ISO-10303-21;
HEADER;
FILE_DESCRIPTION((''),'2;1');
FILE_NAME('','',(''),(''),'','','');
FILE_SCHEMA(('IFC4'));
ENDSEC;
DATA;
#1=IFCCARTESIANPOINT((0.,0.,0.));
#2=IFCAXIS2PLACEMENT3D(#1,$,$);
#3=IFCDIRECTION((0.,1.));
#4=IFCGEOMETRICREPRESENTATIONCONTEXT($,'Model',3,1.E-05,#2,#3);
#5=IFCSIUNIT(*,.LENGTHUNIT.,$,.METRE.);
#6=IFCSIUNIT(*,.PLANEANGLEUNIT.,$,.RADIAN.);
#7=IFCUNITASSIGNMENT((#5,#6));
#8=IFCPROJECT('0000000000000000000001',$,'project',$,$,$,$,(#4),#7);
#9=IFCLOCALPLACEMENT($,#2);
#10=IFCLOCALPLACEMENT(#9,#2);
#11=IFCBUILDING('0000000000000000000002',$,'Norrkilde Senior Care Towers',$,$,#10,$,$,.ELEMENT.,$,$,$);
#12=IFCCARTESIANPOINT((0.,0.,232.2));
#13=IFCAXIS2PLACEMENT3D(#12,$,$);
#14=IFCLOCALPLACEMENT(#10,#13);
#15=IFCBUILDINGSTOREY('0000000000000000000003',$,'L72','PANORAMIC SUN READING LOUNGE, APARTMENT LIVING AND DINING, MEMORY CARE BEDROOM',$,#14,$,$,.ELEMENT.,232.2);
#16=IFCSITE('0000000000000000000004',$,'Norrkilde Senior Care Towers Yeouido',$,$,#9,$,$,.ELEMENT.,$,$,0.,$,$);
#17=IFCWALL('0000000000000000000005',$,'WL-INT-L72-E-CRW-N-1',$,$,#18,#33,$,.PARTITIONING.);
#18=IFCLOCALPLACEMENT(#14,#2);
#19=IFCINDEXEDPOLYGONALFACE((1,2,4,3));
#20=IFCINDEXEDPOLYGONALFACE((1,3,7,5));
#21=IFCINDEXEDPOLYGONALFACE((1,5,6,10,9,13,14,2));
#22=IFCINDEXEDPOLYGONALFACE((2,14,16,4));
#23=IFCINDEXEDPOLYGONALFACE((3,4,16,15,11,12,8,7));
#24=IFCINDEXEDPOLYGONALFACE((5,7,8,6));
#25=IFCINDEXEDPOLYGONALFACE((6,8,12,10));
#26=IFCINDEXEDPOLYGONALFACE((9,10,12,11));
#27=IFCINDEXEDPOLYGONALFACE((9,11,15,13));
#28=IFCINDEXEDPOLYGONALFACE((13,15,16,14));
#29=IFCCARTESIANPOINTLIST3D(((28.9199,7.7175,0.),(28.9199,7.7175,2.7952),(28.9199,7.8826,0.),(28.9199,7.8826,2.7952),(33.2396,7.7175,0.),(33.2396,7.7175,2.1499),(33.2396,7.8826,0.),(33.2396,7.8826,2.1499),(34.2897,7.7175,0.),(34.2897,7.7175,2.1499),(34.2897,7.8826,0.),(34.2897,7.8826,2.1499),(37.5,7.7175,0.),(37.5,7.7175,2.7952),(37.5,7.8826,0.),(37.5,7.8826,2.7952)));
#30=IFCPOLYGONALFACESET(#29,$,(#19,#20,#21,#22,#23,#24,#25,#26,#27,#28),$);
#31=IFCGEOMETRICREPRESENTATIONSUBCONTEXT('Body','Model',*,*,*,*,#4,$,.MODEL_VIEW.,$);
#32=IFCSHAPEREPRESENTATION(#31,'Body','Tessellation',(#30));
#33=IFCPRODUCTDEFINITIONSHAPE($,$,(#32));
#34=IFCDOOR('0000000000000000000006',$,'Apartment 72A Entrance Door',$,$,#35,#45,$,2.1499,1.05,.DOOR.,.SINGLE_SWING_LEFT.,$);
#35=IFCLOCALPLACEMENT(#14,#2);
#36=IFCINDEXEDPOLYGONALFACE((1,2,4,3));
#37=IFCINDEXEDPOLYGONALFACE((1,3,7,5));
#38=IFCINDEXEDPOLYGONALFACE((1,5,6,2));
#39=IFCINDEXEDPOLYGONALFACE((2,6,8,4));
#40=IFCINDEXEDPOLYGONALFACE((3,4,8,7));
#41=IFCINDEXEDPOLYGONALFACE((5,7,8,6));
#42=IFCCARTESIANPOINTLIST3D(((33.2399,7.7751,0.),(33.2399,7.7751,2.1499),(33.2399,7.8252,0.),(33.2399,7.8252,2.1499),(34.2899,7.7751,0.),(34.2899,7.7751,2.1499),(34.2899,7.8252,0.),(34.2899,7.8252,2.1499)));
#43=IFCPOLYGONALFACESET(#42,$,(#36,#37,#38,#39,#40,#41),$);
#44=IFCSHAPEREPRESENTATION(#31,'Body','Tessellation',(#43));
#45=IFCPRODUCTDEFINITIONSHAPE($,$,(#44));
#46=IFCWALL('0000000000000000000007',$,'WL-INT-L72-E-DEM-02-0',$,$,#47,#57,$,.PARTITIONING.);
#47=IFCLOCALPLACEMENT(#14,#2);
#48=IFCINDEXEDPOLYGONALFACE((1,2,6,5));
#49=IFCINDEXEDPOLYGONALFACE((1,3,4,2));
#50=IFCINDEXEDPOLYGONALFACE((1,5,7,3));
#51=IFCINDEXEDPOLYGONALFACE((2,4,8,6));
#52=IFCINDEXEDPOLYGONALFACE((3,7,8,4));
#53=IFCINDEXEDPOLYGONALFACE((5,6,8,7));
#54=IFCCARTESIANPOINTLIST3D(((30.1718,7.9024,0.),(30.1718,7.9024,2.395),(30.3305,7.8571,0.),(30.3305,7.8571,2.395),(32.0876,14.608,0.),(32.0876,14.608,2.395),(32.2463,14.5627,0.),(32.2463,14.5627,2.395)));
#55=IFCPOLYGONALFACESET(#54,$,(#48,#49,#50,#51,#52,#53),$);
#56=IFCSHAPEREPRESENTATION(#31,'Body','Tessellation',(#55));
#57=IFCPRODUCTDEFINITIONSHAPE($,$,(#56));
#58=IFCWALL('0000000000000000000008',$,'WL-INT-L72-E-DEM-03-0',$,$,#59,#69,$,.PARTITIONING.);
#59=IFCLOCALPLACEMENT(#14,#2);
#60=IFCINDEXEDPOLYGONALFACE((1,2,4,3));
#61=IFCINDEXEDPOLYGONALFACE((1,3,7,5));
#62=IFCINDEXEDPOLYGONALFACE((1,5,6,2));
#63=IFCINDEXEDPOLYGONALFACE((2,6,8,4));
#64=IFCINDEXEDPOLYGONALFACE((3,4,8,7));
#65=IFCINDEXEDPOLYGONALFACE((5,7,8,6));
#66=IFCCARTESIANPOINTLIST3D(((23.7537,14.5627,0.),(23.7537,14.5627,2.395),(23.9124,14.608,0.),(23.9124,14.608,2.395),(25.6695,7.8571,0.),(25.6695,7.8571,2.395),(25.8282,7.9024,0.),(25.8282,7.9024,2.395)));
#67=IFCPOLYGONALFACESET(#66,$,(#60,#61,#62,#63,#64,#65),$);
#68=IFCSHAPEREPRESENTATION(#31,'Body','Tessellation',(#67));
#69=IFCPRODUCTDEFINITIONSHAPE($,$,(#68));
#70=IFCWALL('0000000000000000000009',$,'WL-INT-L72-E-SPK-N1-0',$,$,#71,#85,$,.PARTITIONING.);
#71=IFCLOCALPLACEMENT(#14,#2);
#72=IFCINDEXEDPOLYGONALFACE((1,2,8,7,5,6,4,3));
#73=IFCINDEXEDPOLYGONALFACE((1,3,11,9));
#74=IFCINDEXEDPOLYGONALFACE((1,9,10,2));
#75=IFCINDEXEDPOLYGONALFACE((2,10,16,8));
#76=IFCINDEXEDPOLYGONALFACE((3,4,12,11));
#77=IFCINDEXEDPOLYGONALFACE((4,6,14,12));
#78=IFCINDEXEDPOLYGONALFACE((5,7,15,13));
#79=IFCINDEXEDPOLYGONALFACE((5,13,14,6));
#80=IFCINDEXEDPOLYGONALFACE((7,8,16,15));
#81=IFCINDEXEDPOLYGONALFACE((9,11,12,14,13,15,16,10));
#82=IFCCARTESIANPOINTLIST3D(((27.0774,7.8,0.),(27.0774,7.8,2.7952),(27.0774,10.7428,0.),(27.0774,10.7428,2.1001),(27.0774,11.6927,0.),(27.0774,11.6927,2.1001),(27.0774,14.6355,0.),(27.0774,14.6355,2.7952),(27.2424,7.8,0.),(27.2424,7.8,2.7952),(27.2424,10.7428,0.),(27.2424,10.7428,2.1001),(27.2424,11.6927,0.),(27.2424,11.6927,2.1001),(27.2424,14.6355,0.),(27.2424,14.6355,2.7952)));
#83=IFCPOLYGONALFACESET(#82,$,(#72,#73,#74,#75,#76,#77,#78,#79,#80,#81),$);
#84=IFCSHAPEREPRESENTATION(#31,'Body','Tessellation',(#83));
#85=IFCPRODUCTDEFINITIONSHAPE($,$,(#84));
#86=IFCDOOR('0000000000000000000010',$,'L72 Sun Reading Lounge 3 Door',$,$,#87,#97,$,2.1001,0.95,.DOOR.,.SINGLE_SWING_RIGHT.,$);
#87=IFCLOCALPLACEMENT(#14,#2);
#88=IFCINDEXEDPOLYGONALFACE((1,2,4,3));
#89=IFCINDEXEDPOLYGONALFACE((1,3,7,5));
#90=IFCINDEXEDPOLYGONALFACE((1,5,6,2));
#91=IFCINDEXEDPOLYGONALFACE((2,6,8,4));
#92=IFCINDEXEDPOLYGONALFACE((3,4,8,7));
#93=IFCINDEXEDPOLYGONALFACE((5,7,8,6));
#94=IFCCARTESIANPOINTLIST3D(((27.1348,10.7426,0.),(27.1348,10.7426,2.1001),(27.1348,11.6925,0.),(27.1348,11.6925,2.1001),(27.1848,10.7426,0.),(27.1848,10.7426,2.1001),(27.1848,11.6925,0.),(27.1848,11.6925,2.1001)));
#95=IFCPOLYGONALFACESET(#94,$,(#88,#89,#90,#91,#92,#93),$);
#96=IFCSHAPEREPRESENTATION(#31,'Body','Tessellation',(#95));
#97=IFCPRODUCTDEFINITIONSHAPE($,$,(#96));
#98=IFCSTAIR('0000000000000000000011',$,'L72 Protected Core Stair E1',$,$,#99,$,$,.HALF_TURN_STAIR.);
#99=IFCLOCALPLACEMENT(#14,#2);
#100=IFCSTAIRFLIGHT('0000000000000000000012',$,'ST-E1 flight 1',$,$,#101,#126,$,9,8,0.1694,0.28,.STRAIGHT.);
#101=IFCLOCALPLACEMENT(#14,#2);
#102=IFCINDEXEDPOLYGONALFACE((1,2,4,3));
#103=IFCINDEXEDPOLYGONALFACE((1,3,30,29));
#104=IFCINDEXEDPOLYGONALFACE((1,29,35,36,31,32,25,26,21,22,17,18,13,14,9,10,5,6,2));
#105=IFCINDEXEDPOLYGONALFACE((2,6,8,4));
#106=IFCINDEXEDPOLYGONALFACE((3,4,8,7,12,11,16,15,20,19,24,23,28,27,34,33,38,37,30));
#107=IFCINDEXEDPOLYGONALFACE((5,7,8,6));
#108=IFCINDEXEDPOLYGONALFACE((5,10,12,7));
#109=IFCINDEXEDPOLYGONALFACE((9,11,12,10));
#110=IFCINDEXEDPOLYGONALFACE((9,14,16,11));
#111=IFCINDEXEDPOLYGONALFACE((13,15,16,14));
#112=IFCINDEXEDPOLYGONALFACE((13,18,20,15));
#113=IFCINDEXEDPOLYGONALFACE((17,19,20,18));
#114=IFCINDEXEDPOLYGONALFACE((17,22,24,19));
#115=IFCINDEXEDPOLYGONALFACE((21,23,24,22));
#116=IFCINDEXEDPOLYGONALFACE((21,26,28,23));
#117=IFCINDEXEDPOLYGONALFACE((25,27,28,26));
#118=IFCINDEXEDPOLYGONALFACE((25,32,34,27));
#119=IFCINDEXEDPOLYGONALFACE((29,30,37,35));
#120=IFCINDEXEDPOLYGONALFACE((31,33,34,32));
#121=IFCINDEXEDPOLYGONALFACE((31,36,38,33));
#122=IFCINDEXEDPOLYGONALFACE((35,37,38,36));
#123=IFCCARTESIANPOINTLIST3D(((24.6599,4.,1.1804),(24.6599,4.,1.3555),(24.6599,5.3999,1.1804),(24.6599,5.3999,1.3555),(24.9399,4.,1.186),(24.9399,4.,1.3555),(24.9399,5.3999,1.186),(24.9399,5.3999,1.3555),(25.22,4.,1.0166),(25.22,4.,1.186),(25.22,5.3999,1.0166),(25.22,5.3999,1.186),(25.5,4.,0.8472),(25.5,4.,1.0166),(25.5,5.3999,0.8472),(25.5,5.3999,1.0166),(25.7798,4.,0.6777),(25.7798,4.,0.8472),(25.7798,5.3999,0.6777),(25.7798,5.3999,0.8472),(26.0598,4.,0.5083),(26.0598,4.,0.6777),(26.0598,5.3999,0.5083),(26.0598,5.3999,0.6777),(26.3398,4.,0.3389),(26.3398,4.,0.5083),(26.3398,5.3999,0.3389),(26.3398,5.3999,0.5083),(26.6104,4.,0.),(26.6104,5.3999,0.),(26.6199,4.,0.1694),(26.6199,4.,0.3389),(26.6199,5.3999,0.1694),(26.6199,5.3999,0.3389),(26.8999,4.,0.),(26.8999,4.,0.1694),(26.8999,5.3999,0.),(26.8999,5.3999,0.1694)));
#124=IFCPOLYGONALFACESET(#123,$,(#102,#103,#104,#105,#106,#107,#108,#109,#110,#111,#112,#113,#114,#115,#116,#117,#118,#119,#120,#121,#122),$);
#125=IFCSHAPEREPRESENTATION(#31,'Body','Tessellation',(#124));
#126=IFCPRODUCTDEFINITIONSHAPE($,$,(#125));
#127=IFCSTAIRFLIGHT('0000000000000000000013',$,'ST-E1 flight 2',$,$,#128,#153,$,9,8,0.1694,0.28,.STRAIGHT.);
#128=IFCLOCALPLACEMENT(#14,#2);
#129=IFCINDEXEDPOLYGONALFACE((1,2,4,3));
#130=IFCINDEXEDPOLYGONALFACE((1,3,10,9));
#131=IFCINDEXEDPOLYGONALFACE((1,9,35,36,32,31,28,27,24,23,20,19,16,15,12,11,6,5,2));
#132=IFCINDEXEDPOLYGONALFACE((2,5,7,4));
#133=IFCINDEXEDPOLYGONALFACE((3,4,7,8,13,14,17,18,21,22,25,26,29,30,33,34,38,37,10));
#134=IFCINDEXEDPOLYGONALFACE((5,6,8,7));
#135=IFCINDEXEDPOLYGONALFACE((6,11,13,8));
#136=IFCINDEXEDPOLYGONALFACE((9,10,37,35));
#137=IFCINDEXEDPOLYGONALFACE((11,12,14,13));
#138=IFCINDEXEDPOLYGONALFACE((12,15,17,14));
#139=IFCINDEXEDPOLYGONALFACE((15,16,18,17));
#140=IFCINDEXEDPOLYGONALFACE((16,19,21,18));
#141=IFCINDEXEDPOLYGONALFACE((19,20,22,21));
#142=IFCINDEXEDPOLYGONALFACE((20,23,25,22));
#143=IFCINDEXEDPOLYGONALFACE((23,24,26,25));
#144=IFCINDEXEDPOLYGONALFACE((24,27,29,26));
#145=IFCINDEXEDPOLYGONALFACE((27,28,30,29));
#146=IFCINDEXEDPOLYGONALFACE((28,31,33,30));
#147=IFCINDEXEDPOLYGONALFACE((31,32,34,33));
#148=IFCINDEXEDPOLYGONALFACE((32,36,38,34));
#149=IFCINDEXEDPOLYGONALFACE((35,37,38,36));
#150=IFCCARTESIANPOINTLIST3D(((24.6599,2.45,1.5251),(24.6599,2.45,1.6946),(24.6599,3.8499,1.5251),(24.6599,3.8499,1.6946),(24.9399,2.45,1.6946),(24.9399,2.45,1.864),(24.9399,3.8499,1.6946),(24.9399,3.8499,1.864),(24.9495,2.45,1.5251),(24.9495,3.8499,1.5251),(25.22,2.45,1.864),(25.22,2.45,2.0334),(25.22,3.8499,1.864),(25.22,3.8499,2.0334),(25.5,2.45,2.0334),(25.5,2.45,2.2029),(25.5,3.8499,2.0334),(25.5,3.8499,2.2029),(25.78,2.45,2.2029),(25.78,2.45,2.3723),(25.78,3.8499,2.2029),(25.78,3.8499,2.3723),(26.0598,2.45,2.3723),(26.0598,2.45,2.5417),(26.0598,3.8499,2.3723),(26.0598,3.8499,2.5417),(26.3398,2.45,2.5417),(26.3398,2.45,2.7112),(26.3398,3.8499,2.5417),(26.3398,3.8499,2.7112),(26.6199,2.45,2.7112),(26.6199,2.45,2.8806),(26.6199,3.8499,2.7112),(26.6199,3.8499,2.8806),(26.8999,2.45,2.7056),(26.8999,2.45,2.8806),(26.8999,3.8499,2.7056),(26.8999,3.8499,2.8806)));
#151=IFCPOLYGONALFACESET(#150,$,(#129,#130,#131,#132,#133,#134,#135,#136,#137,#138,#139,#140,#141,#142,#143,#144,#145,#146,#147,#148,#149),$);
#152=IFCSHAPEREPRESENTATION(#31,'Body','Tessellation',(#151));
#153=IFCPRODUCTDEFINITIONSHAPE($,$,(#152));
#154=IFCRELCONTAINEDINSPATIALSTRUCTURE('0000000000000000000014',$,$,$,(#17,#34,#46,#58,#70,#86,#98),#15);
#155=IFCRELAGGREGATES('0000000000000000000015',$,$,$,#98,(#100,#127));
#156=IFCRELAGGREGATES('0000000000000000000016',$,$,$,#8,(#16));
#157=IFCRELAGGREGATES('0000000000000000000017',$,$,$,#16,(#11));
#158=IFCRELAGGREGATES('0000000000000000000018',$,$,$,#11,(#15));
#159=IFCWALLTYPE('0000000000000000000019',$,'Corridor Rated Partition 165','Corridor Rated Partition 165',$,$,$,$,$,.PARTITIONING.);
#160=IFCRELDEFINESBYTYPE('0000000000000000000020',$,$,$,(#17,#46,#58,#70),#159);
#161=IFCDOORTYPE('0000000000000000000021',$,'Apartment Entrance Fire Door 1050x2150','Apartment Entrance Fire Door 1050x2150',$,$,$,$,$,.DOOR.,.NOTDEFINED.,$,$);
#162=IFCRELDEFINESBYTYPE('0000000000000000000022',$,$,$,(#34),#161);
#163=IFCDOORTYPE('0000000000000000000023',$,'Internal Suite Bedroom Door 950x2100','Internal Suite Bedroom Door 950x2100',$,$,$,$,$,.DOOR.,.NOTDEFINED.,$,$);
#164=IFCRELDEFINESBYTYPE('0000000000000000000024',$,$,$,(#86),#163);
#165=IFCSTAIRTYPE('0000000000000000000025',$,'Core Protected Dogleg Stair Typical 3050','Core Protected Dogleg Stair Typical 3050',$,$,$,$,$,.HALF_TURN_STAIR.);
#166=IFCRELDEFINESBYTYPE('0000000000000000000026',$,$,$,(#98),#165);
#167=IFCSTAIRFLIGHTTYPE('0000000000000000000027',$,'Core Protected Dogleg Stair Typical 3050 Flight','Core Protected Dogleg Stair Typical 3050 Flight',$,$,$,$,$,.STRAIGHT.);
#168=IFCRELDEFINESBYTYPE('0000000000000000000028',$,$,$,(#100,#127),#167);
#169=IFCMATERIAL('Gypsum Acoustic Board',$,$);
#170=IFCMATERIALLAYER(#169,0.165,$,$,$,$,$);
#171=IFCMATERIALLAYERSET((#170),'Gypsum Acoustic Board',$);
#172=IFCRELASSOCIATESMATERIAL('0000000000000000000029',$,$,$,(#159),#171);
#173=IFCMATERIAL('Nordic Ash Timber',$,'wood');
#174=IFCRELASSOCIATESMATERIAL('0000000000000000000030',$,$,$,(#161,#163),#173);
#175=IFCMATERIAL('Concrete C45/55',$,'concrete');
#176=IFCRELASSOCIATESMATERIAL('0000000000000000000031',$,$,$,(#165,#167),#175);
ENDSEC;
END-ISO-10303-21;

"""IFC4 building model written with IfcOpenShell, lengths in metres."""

from ifc_helpers import new_model, si_unit, direction, frame, frame_2d, origin, place, context, subcontext, project, spatial, polyline, rectangle, outline, extrude, source, transform, mapped, material, layer, layer_set, type_object, type_shapes, element, fill, aggregate, save


model = new_model("IFC4")

# Units and contexts
model_context = context("Model", 3, precision=1e-05, world=origin(), true_north=direction((0.0, 1.0)))
body_context = subcontext(model_context, "Body", "Model", "MODEL_VIEW")
ifc_project = project(units=[si_unit("LENGTHUNIT", "METRE"), si_unit("PLANEANGLEUNIT", "RADIAN")], contexts=[model_context])

# Site, building, storey
site_placement = place(None, origin())
site = spatial("IfcSite", under=ifc_project, at=site_placement, Name="Norrkilde Senior Care Towers Yeouido", CompositionType="ELEMENT", RefElevation=0.0)
building_placement = place(site_placement, origin())
building = spatial("IfcBuilding", under=site, at=building_placement, Name="Norrkilde Senior Care Towers", CompositionType="ELEMENT")
storey_placement = place(building_placement, frame((0.0, 0.0, 232.2)))
storey = spatial("IfcBuildingStorey", under=building, at=storey_placement, Name="L72", Description="PANORAMIC SUN READING LOUNGE, APARTMENT LIVING AND DINING, MEMORY CARE BEDROOM", CompositionType="ELEMENT", Elevation=232.2)

# Shared definitions
ifc_material_1 = material(Name="Concrete C45/55", Category="concrete")

# Wall, opening, door
ifc_material_2 = material(Name="Gypsum Acoustic Board")
ifc_layer_1 = layer(ifc_material_2, 0.165)
ifc_layer_set_1 = layer_set([ifc_layer_1], Name="Gypsum Acoustic Board")
wall_type_1 = type_object("IfcWallType", Name="Corridor Rated Partition 165", Description="Corridor Rated Partition 165", PredefinedType="PARTITIONING", material=ifc_layer_set_1)
shared_shape_1 = source(origin(), body_context, "Body", "SweptSolid", [
    extrude(rectangle(XDim=8.5801, YDim=0.165, at=frame_2d((4.29, 0.0))), origin(), (0.0, 0.0, 1.0), 2.7952),
])
wall_1_placement = place(storey_placement, frame((28.9199, 7.8, 0.0), z_axis=(0.0, 0.0, 1.0), x_axis=(1.0, 0.0, 0.0)))
wall_1 = element("IfcWall", 1, at=wall_1_placement, inside=storey, type_object=wall_type_1, Name="WL-INT-L72-E-CRW-N-1", PredefinedType="PARTITIONING", context=body_context, shape_type="MappedRepresentation", body=[
    mapped(shared_shape_1, transform((0.0, 0.0, 0.0), x_axis=(1.0, 0.0, 0.0), y_axis=(0.0, 1.0, 0.0), z_axis=(0.0, 0.0, 1.0), scale=1.0)),
])
opening_1_placement = place(wall_1_placement, frame((4.3198, 0.0, 0.0)))
opening_1 = element("IfcOpeningElement", 2, at=opening_1_placement, cuts=wall_1, PredefinedType="OPENING", context=body_context, shape_type="SweptSolid", body=[
    extrude(rectangle(XDim=1.05, YDim=2.1499, at=frame_2d((0.5249, 1.075))), frame((0.0, 0.0925, 0.0), z_axis=(0.0, -1.0, 0.0), x_axis=(1.0, 0.0, 0.0)), (0.0, 0.0, 1.0), 0.1851),
])
ifc_material_3 = material(Name="Nordic Ash Timber", Category="wood")
door_type_1 = type_object("IfcDoorType", Name="Apartment Entrance Fire Door 1050x2150", Description="Apartment Entrance Fire Door 1050x2150", OperationType="NOTDEFINED", PredefinedType="DOOR", material=ifc_material_3)
shared_shape_2 = source(origin(), body_context, "Body", "SweptSolid", [
    extrude(rectangle(XDim=1.05, YDim=2.1499, at=frame_2d((0.5249, 1.075))), frame((0.0, 0.0249, 0.0), z_axis=(0.0, -1.0, 0.0), x_axis=(1.0, 0.0, 0.0)), (0.0, 0.0, 1.0), 0.05),
])
type_shapes(door_type_1, [shared_shape_2])
door_1_placement = place(opening_1_placement, frame((1.05, 0.0, 0.0), z_axis=(0.0, 0.0, 1.0), x_axis=(-1.0, 0.0, 0.0)))
door_1 = element("IfcDoor", 3, at=door_1_placement, inside=storey, type_object=door_type_1, Name="Apartment 72A Entrance Door", OperationType="SINGLE_SWING_LEFT", OverallHeight=2.1499, OverallWidth=1.05, PredefinedType="DOOR", context=body_context, shape_type="MappedRepresentation", body=[
    mapped(shared_shape_2, transform((0.0, 0.0, 0.0), x_axis=(1.0, 0.0, 0.0), y_axis=(0.0, 1.0, 0.0), z_axis=(0.0, 0.0, 1.0), scale=1.0)),
])
fill(opening_1, door_1)

# Walls
shared_shape_3 = source(origin(), body_context, "Body", "SweptSolid", [
    extrude(rectangle(XDim=6.9739, YDim=0.165, at=frame_2d((3.4868, 0.0))), origin(), (0.0, 0.0, 1.0), 2.395),
])
for number, where, z_axis, x_axis, name in (
    (4, (30.2512, 7.8799, 0.0), (0.0, 0.0, 1.0), (0.274707, 0.961528, 0.0), "WL-INT-L72-E-DEM-02-0"),
    (5, (25.7488, 7.8799, 0.0), (0.0, 0.0, 1.0), (-0.274707, 0.961528, 0.0), "WL-INT-L72-E-DEM-03-0"),
):
    element("IfcWall", number, at=place(storey_placement, frame(where, z_axis=z_axis, x_axis=x_axis)), inside=storey, type_object=wall_type_1, Name=name, PredefinedType="PARTITIONING", context=body_context, shape_type="MappedRepresentation", body=[
        mapped(shared_shape_3, transform((0.0, 0.0, 0.0), x_axis=(1.0, 0.0, 0.0), y_axis=(0.0, 1.0, 0.0), z_axis=(0.0, 0.0, 1.0), scale=1.0)),
    ])

# Wall, opening, door
shared_shape_4 = source(origin(), body_context, "Body", "SweptSolid", [
    extrude(rectangle(XDim=6.8354, YDim=0.165, at=frame_2d((3.4177, 0.0))), origin(), (0.0, 0.0, 1.0), 2.7952),
])
type_shapes(wall_type_1, [shared_shape_1, shared_shape_3, shared_shape_4])
wall_2_placement = place(storey_placement, frame((27.1599, 7.8, 0.0), z_axis=(0.0, 0.0, 1.0), x_axis=(0.0, 1.0, 0.0)))
wall_2 = element("IfcWall", 6, at=wall_2_placement, inside=storey, type_object=wall_type_1, Name="WL-INT-L72-E-SPK-N1-0", PredefinedType="PARTITIONING", context=body_context, shape_type="MappedRepresentation", body=[
    mapped(shared_shape_4, transform((0.0, 0.0, 0.0), x_axis=(1.0, 0.0, 0.0), y_axis=(0.0, 1.0, 0.0), z_axis=(0.0, 0.0, 1.0), scale=1.0)),
])
opening_2_placement = place(wall_2_placement, frame((2.9426, 0.0, 0.0)))
opening_2 = element("IfcOpeningElement", 7, at=opening_2_placement, cuts=wall_2, PredefinedType="OPENING", context=body_context, shape_type="SweptSolid", body=[
    extrude(rectangle(XDim=0.95, YDim=2.1001, at=frame_2d((0.4751, 1.05))), frame((0.0, 0.0925, 0.0), z_axis=(0.0, -1.0, 0.0), x_axis=(1.0, 0.0, 0.0)), (0.0, 0.0, 1.0), 0.1851),
])
door_type_2 = type_object("IfcDoorType", Name="Internal Suite Bedroom Door 950x2100", Description="Internal Suite Bedroom Door 950x2100", OperationType="NOTDEFINED", PredefinedType="DOOR", material=ifc_material_3)
shared_shape_5 = source(origin(), body_context, "Body", "SweptSolid", [
    extrude(rectangle(XDim=0.95, YDim=2.1001, at=frame_2d((0.4751, 1.05))), frame((0.0, 0.0249, 0.0), z_axis=(0.0, -1.0, 0.0), x_axis=(1.0, 0.0, 0.0)), (0.0, 0.0, 1.0), 0.05),
])
type_shapes(door_type_2, [shared_shape_5])
door_2_placement = place(opening_2_placement, frame((0.95, 0.0, 0.0), z_axis=(0.0, 0.0, 1.0), x_axis=(-1.0, 0.0, 0.0)))
door_2 = element("IfcDoor", 8, at=door_2_placement, inside=storey, type_object=door_type_2, Name="L72 Sun Reading Lounge 3 Door", OperationType="SINGLE_SWING_RIGHT", OverallHeight=2.1001, OverallWidth=0.95, PredefinedType="DOOR", context=body_context, shape_type="MappedRepresentation", body=[
    mapped(shared_shape_5, transform((0.0, 0.0, 0.0), x_axis=(1.0, 0.0, 0.0), y_axis=(0.0, 1.0, 0.0), z_axis=(0.0, 0.0, 1.0), scale=1.0)),
])
fill(opening_2, door_2)

# Stair, stair flights
stair_type = type_object("IfcStairType", Name="Core Protected Dogleg Stair Typical 3050", Description="Core Protected Dogleg Stair Typical 3050", PredefinedType="HALF_TURN_STAIR", material=ifc_material_1)
stair_placement = place(storey_placement, origin())
stair = element("IfcStair", 9, at=stair_placement, inside=storey, type_object=stair_type, Name="L72 Protected Core Stair E1", PredefinedType="HALF_TURN_STAIR")
stair_flight_type = type_object("IfcStairFlightType", Name="Core Protected Dogleg Stair Typical 3050 Flight", Description="Core Protected Dogleg Stair Typical 3050 Flight", PredefinedType="STRAIGHT", material=ifc_material_1)
stair_flight_1_placement = place(storey_placement, frame((26.8999, 4.7, 0.0), z_axis=(0.0, 0.0, 1.0), x_axis=(-1.0, 0.0, 0.0)))
stair_flight_1 = element("IfcStairFlight", 10, at=stair_flight_1_placement, type_object=stair_flight_type, Name="ST-E1 flight 1", NumberOfRisers=9, NumberOfTreads=8, PredefinedType="STRAIGHT", RiserHeight=0.1694, TreadLength=0.28, context=body_context, shape_type="SweptSolid", body=[
    extrude(outline(polyline([(0.0, 0.0), (0.0, 0.1694), (0.28, 0.1694), (0.28, 0.3389), (0.5601, 0.3389), (0.5601, 0.5083), (0.8401, 0.5083), (0.8401, 0.6777), (1.1201, 0.6777), (1.1201, 0.8472), (1.3999, 0.8472), (1.3999, 1.0166), (1.6799, 1.0166), (1.6799, 1.186), (1.96, 1.186), (1.96, 1.3555), (2.24, 1.3555), (2.24, 1.5249), (2.24, 1.1804), (0.2896, 0.0), (0.0, 0.0)])), frame((0.0, 0.7, 0.0), z_axis=(0.0, -1.0, 0.0), x_axis=(1.0, 0.0, 0.0)), (0.0, 0.0, 1.0), 1.3999),
])
stair_flight_2_placement = place(storey_placement, frame((24.6599, 3.1499, 1.5251), z_axis=(0.0, 0.0, 1.0), x_axis=(1.0, 0.0, 0.0)))
stair_flight_2 = element("IfcStairFlight", 11, at=stair_flight_2_placement, type_object=stair_flight_type, Name="ST-E1 flight 2", NumberOfRisers=9, NumberOfTreads=8, PredefinedType="STRAIGHT", RiserHeight=0.1694, TreadLength=0.28, context=body_context, shape_type="SweptSolid", body=[
    extrude(outline(polyline([(0.0, 0.0), (0.0, 0.1694), (0.28, 0.1694), (0.28, 0.3389), (0.5601, 0.3389), (0.5601, 0.5083), (0.8401, 0.5083), (0.8401, 0.6777), (1.1201, 0.6777), (1.1201, 0.8472), (1.3999, 0.8472), (1.3999, 1.0166), (1.6799, 1.0166), (1.6799, 1.186), (1.96, 1.186), (1.96, 1.3555), (2.24, 1.3555), (2.24, 1.5249), (2.24, 1.1804), (0.2896, 0.0), (0.0, 0.0)])), frame((0.0, 0.7, 0.0), z_axis=(0.0, -1.0, 0.0), x_axis=(1.0, 0.0, 0.0)), (0.0, 0.0, 1.0), 1.3999),
])
aggregate(stair, [stair_flight_1, stair_flight_2])

save(model, "model.ifc")
